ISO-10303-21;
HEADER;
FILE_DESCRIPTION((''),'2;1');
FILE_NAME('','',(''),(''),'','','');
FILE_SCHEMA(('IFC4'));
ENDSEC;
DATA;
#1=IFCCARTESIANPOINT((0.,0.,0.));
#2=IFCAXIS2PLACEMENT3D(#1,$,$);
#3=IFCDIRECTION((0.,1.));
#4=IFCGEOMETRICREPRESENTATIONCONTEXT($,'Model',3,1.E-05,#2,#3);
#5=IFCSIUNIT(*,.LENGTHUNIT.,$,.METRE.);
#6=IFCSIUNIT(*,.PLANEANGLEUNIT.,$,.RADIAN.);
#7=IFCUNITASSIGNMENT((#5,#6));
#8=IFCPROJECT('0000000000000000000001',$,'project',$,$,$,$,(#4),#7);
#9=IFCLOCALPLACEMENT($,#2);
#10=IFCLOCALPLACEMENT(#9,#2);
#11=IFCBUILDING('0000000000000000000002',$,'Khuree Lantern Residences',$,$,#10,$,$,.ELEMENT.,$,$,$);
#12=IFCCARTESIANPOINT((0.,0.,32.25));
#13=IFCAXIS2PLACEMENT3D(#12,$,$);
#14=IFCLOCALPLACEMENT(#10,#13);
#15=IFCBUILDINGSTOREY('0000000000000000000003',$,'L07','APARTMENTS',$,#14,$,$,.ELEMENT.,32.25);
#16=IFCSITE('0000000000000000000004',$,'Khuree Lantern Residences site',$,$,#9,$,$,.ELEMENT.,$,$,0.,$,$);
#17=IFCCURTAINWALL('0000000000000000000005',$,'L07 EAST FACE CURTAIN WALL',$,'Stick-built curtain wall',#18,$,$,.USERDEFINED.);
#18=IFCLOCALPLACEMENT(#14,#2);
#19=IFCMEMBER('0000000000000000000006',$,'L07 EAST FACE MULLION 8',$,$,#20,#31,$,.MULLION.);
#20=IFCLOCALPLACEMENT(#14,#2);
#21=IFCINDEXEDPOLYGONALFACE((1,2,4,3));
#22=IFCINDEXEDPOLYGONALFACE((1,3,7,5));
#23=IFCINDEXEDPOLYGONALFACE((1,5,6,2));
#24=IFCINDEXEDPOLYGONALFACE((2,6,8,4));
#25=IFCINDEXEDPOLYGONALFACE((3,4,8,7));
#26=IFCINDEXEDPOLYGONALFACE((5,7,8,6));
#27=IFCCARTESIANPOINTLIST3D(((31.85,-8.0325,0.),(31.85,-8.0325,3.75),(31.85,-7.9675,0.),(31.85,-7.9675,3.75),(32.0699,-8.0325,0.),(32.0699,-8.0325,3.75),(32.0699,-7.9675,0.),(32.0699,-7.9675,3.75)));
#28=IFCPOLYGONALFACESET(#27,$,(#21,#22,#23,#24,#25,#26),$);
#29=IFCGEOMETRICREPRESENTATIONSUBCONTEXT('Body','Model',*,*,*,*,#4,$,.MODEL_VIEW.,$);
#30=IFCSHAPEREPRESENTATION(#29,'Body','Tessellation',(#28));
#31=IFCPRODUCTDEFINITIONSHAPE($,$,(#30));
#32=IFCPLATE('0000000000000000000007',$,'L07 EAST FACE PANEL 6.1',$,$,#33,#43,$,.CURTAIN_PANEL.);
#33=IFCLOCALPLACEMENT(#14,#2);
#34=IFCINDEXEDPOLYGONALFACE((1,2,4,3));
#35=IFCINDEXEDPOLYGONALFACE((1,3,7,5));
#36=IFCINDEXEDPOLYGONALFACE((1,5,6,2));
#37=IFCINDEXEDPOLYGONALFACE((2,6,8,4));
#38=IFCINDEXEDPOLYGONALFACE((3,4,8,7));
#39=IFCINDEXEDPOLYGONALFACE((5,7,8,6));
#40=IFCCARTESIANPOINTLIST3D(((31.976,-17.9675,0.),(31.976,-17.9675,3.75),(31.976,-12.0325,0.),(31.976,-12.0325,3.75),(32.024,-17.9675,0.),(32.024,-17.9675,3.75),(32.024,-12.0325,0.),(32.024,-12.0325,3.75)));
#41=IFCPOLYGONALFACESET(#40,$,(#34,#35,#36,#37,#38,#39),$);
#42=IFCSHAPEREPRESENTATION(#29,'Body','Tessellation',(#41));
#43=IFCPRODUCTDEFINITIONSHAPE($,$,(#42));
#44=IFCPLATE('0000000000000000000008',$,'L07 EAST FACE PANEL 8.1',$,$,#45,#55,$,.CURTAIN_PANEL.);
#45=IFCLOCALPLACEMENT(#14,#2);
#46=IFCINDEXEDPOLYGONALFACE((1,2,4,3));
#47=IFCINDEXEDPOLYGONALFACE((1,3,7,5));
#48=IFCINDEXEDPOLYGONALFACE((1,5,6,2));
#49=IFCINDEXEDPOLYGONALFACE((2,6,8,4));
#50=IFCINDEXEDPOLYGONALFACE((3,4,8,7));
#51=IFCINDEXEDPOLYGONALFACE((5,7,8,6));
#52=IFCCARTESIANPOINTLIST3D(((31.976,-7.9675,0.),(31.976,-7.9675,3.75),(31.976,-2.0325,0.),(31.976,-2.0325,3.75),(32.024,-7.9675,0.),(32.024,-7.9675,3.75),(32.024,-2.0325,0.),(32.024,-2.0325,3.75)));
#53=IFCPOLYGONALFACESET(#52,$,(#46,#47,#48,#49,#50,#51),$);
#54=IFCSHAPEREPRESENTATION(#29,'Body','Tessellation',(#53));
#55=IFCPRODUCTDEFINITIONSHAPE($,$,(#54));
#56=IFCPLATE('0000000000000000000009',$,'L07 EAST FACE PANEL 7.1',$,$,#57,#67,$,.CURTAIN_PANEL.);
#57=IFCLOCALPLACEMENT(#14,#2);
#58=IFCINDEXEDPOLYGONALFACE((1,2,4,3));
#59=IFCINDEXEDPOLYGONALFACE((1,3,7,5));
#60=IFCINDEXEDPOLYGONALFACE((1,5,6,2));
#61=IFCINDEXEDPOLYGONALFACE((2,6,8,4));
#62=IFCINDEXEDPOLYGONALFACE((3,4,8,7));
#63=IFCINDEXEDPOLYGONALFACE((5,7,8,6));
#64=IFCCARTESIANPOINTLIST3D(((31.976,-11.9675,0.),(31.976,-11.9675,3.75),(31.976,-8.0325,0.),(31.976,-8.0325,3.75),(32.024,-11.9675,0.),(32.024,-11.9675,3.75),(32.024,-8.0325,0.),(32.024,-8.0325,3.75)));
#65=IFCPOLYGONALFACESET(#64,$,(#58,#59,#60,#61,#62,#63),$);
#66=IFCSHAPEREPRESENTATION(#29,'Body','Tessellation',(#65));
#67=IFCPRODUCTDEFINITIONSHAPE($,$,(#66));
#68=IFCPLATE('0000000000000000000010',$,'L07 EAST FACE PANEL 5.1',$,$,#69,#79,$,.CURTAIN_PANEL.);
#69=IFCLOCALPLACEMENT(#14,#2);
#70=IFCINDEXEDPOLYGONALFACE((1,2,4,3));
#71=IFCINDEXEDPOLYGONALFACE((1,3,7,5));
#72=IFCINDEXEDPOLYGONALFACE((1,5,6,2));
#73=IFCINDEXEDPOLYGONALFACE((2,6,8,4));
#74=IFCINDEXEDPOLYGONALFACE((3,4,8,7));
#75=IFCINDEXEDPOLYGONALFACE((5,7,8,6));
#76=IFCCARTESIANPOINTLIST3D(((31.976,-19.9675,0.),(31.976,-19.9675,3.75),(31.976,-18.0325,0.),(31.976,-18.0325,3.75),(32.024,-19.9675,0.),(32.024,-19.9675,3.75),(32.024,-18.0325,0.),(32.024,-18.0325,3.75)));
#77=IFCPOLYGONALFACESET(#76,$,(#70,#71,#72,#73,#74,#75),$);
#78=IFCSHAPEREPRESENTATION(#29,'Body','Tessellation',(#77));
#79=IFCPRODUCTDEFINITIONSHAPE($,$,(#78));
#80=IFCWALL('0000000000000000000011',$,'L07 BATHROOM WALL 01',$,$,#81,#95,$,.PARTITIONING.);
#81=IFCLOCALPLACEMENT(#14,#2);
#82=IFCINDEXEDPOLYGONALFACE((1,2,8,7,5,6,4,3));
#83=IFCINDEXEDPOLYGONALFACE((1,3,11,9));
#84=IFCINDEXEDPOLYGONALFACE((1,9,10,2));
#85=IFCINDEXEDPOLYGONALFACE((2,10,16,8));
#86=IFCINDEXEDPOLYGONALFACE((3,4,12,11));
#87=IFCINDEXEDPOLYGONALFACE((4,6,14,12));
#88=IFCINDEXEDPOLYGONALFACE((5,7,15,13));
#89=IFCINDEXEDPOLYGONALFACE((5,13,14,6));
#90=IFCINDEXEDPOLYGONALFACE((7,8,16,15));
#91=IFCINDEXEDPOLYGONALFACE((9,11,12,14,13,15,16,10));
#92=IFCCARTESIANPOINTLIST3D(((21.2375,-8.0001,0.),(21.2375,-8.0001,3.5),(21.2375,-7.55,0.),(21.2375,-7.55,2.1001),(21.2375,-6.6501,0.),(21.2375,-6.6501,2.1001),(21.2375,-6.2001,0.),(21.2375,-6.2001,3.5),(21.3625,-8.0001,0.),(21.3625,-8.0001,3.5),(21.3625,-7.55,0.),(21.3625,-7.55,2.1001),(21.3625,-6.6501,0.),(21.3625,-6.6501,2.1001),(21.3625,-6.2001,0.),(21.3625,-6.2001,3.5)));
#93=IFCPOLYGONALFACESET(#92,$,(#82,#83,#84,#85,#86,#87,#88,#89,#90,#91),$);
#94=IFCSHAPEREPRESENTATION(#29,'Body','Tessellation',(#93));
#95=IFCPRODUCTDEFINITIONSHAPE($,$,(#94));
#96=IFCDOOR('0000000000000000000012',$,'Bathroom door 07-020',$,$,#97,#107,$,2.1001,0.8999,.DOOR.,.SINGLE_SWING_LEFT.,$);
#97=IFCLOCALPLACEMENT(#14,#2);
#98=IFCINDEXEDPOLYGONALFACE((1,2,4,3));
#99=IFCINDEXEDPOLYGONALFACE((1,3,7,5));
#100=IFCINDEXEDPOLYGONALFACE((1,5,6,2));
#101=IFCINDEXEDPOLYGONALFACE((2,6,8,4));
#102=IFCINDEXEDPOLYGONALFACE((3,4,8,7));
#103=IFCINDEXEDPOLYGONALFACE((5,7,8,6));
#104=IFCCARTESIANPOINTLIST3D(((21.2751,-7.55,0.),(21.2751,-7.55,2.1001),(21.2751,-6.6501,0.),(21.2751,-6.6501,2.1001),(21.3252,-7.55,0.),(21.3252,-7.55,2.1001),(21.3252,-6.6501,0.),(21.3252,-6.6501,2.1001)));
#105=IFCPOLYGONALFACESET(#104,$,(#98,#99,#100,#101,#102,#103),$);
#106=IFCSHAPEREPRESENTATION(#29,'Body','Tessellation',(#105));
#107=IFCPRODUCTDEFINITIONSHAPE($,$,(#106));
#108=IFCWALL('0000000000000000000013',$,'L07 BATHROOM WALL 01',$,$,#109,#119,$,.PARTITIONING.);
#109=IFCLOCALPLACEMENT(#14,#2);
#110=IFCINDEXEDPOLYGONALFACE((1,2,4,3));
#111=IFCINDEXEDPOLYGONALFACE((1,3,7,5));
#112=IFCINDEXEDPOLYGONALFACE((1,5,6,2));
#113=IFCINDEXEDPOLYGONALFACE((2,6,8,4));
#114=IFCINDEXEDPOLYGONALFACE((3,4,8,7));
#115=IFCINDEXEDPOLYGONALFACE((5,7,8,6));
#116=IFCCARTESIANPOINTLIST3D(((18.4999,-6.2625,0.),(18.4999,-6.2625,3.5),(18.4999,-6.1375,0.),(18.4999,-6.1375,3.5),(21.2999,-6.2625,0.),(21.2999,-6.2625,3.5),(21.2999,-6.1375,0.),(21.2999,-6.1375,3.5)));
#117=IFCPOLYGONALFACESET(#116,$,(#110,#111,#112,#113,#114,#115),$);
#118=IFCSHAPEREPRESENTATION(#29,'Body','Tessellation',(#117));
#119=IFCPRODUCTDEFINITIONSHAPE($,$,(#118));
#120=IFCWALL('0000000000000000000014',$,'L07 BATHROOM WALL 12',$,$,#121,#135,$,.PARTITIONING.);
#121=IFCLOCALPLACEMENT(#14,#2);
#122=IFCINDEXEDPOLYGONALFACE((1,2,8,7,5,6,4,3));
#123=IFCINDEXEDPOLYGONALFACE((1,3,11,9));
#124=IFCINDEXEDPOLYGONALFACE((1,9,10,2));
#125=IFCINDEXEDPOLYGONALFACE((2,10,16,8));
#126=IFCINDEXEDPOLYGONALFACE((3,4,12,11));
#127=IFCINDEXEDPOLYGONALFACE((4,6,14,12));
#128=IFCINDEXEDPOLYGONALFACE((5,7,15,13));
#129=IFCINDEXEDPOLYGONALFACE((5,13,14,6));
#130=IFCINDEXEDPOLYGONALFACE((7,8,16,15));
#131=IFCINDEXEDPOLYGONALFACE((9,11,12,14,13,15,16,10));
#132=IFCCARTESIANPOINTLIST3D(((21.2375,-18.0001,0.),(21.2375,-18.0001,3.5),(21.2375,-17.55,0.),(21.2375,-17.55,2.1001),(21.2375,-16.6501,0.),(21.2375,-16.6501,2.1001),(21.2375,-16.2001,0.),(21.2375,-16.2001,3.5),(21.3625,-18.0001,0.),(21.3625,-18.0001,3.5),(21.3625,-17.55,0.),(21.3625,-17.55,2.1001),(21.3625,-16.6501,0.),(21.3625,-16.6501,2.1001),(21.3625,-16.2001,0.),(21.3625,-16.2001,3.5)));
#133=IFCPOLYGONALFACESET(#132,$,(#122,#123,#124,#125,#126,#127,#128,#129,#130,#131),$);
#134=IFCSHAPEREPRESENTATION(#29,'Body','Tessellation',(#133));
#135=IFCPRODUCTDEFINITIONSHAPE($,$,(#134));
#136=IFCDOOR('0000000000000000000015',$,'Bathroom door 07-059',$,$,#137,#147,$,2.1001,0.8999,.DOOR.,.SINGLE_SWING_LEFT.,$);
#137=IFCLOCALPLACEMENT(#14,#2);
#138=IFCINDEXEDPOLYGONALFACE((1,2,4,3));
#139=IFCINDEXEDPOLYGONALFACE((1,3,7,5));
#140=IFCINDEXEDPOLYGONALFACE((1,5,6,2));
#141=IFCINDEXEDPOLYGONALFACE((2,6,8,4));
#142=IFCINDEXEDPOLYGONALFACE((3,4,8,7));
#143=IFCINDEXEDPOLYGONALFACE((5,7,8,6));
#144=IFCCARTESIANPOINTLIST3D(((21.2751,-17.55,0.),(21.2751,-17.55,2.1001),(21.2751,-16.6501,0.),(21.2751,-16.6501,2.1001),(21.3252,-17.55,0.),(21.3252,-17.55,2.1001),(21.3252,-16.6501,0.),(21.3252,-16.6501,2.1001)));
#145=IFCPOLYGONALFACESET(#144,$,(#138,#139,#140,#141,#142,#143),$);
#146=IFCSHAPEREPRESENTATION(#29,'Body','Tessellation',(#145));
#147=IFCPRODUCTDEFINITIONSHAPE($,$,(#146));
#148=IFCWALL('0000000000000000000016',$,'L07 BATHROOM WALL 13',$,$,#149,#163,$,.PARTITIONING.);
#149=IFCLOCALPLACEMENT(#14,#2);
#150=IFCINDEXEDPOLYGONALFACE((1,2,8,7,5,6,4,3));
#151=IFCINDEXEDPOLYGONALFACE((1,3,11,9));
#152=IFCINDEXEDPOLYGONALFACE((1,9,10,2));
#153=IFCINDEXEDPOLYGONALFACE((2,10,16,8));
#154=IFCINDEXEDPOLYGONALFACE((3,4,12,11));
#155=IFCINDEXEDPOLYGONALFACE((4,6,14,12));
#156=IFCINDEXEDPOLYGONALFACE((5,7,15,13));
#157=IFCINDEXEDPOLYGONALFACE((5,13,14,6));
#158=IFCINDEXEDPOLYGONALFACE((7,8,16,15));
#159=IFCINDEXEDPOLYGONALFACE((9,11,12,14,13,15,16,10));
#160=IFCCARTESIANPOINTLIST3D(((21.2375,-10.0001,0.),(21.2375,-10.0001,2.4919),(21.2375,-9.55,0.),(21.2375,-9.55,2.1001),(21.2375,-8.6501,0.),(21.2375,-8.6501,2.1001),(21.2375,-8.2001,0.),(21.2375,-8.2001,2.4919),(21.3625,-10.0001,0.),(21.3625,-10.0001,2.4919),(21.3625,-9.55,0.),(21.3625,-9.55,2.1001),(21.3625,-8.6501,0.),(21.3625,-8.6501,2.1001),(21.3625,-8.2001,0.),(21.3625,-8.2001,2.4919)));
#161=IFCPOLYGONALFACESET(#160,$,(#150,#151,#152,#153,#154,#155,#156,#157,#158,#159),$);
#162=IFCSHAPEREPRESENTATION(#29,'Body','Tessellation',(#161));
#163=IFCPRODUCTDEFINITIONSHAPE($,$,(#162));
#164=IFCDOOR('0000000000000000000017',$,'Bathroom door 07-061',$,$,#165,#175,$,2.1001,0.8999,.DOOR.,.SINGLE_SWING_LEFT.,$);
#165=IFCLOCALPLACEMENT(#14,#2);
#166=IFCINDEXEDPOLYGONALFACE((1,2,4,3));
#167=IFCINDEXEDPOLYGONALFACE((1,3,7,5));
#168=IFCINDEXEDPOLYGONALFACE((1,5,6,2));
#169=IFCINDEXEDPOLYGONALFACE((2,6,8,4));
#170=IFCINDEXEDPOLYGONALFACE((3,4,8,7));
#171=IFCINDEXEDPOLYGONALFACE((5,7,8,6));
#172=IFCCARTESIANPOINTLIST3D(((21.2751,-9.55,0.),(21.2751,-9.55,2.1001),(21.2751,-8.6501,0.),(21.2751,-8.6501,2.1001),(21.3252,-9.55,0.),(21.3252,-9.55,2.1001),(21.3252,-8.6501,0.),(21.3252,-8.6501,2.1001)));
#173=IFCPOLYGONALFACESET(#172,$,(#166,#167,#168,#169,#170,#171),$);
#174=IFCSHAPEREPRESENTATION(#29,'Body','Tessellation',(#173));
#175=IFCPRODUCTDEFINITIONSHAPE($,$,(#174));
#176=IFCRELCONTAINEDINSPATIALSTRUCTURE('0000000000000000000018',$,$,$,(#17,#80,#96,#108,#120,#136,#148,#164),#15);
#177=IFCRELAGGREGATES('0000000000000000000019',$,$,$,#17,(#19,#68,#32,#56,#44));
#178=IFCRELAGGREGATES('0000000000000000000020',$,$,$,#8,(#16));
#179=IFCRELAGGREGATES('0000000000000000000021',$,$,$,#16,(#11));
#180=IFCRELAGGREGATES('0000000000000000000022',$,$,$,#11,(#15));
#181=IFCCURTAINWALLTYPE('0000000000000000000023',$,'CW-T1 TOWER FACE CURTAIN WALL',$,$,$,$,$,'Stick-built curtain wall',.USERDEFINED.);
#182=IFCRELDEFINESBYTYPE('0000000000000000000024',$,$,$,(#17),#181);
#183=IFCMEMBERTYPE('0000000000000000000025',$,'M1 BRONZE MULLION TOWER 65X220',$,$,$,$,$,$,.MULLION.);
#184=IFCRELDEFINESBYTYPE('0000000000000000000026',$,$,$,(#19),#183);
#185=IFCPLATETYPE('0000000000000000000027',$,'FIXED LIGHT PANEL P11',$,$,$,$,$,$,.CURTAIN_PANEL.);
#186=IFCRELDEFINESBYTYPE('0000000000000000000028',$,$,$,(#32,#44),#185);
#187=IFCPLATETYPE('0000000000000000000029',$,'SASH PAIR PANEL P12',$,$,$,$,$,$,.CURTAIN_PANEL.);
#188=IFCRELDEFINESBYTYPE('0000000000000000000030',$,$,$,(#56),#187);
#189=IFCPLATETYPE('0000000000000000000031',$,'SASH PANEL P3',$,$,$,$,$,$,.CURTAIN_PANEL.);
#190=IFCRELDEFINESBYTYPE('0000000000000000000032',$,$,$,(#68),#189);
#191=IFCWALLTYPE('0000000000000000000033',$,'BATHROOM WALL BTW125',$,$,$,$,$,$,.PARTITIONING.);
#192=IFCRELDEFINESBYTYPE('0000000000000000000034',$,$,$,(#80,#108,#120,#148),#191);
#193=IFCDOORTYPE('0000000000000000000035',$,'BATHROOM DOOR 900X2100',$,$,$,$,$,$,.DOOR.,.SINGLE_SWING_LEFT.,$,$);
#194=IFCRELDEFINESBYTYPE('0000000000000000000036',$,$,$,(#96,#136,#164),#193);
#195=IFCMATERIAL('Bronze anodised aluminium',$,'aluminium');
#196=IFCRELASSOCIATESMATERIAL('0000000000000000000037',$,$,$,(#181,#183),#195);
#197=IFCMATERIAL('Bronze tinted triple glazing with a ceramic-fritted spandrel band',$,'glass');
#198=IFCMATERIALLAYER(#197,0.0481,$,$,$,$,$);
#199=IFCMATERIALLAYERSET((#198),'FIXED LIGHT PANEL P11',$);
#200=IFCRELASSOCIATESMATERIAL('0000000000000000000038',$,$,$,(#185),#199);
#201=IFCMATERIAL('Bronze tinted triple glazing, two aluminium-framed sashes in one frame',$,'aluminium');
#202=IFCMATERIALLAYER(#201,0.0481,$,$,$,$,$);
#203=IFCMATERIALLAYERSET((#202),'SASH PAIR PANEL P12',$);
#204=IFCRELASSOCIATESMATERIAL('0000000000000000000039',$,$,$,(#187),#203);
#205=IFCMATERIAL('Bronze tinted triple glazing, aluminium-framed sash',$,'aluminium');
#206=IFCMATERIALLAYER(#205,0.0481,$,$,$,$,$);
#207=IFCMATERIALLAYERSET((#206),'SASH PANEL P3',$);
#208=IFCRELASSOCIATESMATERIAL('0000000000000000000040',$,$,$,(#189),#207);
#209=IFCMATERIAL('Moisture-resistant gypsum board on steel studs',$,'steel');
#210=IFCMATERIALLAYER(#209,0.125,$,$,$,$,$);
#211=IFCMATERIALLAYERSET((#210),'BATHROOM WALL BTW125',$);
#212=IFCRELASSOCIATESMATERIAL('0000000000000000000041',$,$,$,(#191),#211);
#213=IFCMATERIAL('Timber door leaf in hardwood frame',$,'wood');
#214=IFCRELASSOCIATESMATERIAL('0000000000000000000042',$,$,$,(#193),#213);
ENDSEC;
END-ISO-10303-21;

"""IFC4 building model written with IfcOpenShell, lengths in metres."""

from ifc_helpers import new_model, si_unit, direction, frame, frame_2d, origin, origin_2d, place, context, subcontext, project, spatial, rectangle, extrude, material, layer, layer_set, material_profile, profile_set, type_object, element, fill, aggregate, save


model = new_model("IFC4")

# Units and contexts
model_context = context("Model", 3, precision=1e-05, world=origin(), true_north=direction((0.0, 1.0)))
body_context = subcontext(model_context, "Body", "Model", "MODEL_VIEW")
ifc_project = project(units=[si_unit("LENGTHUNIT", "METRE"), si_unit("PLANEANGLEUNIT", "RADIAN")], contexts=[model_context])

# Site, building, storey
site_placement = place(None, origin())
site = spatial("IfcSite", under=ifc_project, at=site_placement, Name="Khuree Lantern Residences site", CompositionType="ELEMENT", RefElevation=0.0)
building_placement = place(site_placement, origin())
building = spatial("IfcBuilding", under=site, at=building_placement, Name="Khuree Lantern Residences", CompositionType="ELEMENT")
storey_placement = place(building_placement, frame((0.0, 0.0, 32.25)))
storey = spatial("IfcBuildingStorey", under=building, at=storey_placement, Name="L07", Description="APARTMENTS", CompositionType="ELEMENT", Elevation=32.25)

# Curtain wall
ifc_material_1 = material(Name="Bronze anodised aluminium", Category="aluminium")
curtain_wall_type = type_object("IfcCurtainWallType", Name="CW-T1 TOWER FACE CURTAIN WALL", ElementType="Stick-built curtain wall", PredefinedType="USERDEFINED", material=ifc_material_1)
curtain_wall_placement = place(storey_placement, origin())
curtain_wall = element("IfcCurtainWall", 1, at=curtain_wall_placement, inside=storey, type_object=curtain_wall_type, Name="L07 EAST FACE CURTAIN WALL", ObjectType="Stick-built curtain wall", PredefinedType="USERDEFINED")

# Member
ifc_material_profile_1 = material_profile(ifc_material_1, rectangle(XDim=0.0649, YDim=0.22, at=origin_2d()), Name="M1 65X220")
ifc_profile_set_1 = profile_set([ifc_material_profile_1], Name="Bronze anodised aluminium")
member_type_1 = type_object("IfcMemberType", Name="M1 BRONZE MULLION TOWER 65X220", PredefinedType="MULLION", material=ifc_profile_set_1)
member_1_placement = place(storey_placement, frame((31.96, -8.0, 0.0), z_axis=(0.0, 0.0, 1.0), x_axis=(0.0, 1.0, 0.0)))
member_1 = element("IfcMember", 2, at=member_1_placement, type_object=member_type_1, Name="L07 EAST FACE MULLION 8", PredefinedType="MULLION", context=body_context, shape_type="SweptSolid", body=[
    extrude(rectangle(XDim=0.0649, YDim=0.22, at=origin_2d()), origin(), (0.0, 0.0, 1.0), 3.75),
])

# Plates
ifc_material_2 = material(Name="Bronze tinted triple glazing with a ceramic-fritted spandrel band", Category="glass")
ifc_layer_1 = layer(ifc_material_2, 0.0481)
ifc_layer_set_1 = layer_set([ifc_layer_1], Name="FIXED LIGHT PANEL P11")
plate_type_1 = type_object("IfcPlateType", Name="FIXED LIGHT PANEL P11", PredefinedType="CURTAIN_PANEL", material=ifc_layer_set_1)
plate_1_placement = place(storey_placement, frame((32.0, -15.0, 0.0), z_axis=(0.0, 0.0, 1.0), x_axis=(0.0, 1.0, 0.0)))
plate_1 = element("IfcPlate", 3, at=plate_1_placement, type_object=plate_type_1, Name="L07 EAST FACE PANEL 6.1", PredefinedType="CURTAIN_PANEL", context=body_context, shape_type="SweptSolid", body=[
    extrude(rectangle(XDim=5.9351, YDim=0.0481, at=origin_2d()), origin(), (0.0, 0.0, 1.0), 3.75),
])
plate_2_placement = place(storey_placement, frame((32.0, -5.0, 0.0), z_axis=(0.0, 0.0, 1.0), x_axis=(0.0, 1.0, 0.0)))
plate_2 = element("IfcPlate", 4, at=plate_2_placement, type_object=plate_type_1, Name="L07 EAST FACE PANEL 8.1", PredefinedType="CURTAIN_PANEL", context=body_context, shape_type="SweptSolid", body=[
    extrude(rectangle(XDim=5.9351, YDim=0.0481, at=origin_2d()), origin(), (0.0, 0.0, 1.0), 3.75),
])
ifc_material_3 = material(Name="Bronze tinted triple glazing, two aluminium-framed sashes in one frame", Category="aluminium")
ifc_layer_2 = layer(ifc_material_3, 0.0481)
ifc_layer_set_2 = layer_set([ifc_layer_2], Name="SASH PAIR PANEL P12")
plate_type_2 = type_object("IfcPlateType", Name="SASH PAIR PANEL P12", PredefinedType="CURTAIN_PANEL", material=ifc_layer_set_2)
plate_3_placement = place(storey_placement, frame((32.0, -10.0, 0.0), z_axis=(0.0, 0.0, 1.0), x_axis=(0.0, 1.0, 0.0)))
plate_3 = element("IfcPlate", 5, at=plate_3_placement, type_object=plate_type_2, Name="L07 EAST FACE PANEL 7.1", PredefinedType="CURTAIN_PANEL", context=body_context, shape_type="SweptSolid", body=[
    extrude(rectangle(XDim=3.9351, YDim=0.0481, at=origin_2d()), origin(), (0.0, 0.0, 1.0), 3.75),
])
ifc_material_4 = material(Name="Bronze tinted triple glazing, aluminium-framed sash", Category="aluminium")
ifc_layer_3 = layer(ifc_material_4, 0.0481)
ifc_layer_set_3 = layer_set([ifc_layer_3], Name="SASH PANEL P3")
plate_type_3 = type_object("IfcPlateType", Name="SASH PANEL P3", PredefinedType="CURTAIN_PANEL", material=ifc_layer_set_3)
plate_4_placement = place(storey_placement, frame((32.0, -19.0, 0.0), z_axis=(0.0, 0.0, 1.0), x_axis=(0.0, 1.0, 0.0)))
plate_4 = element("IfcPlate", 6, at=plate_4_placement, type_object=plate_type_3, Name="L07 EAST FACE PANEL 5.1", PredefinedType="CURTAIN_PANEL", context=body_context, shape_type="SweptSolid", body=[
    extrude(rectangle(XDim=1.9351, YDim=0.0481, at=origin_2d()), origin(), (0.0, 0.0, 1.0), 3.75),
])
aggregate(curtain_wall, [member_1, plate_4, plate_1, plate_3, plate_2])

# Wall, opening, door
ifc_material_5 = material(Name="Moisture-resistant gypsum board on steel studs", Category="steel")
ifc_layer_4 = layer(ifc_material_5, 0.125)
ifc_layer_set_4 = layer_set([ifc_layer_4], Name="BATHROOM WALL BTW125")
wall_type_1 = type_object("IfcWallType", Name="BATHROOM WALL BTW125", PredefinedType="PARTITIONING", material=ifc_layer_set_4)
wall_1_placement = place(storey_placement, frame((21.3, -8.0, 0.0), z_axis=(0.0, 0.0, 1.0), x_axis=(0.0, 1.0, 0.0)))
wall_1 = element("IfcWall", 7, at=wall_1_placement, inside=storey, type_object=wall_type_1, Name="L07 BATHROOM WALL 01", PredefinedType="PARTITIONING", context=body_context, shape_type="SweptSolid", body=[
    extrude(rectangle(XDim=1.8, YDim=0.125, at=frame_2d((0.8999, 0.0))), origin(), (0.0, 0.0, 1.0), 3.5),
])
opening_1_placement = place(wall_1_placement, frame((0.45, 0.0, 0.0)))
opening_1 = element("IfcOpeningElement", 8, at=opening_1_placement, cuts=wall_1, PredefinedType="OPENING", context=body_context, shape_type="SweptSolid", body=[
    extrude(rectangle(XDim=0.8999, YDim=2.1001, at=frame_2d((0.45, 1.05))), frame((0.0, 0.0725, 0.0), z_axis=(0.0, -1.0, 0.0), x_axis=(1.0, 0.0, 0.0)), (0.0, 0.0, 1.0), 0.145),
])
ifc_material_6 = material(Name="Timber door leaf in hardwood frame", Category="wood")
door_type_1 = type_object("IfcDoorType", Name="BATHROOM DOOR 900X2100", OperationType="SINGLE_SWING_LEFT", PredefinedType="DOOR", material=ifc_material_6)
door_1_placement = place(opening_1_placement, origin())
door_1 = element("IfcDoor", 9, at=door_1_placement, inside=storey, type_object=door_type_1, Name="Bathroom door 07-020", OperationType="SINGLE_SWING_LEFT", OverallHeight=2.1001, OverallWidth=0.8999, PredefinedType="DOOR", context=body_context, shape_type="SweptSolid", body=[
    extrude(rectangle(XDim=0.8999, YDim=2.1001, at=frame_2d((0.45, 1.05))), frame((0.0, 0.0249, 0.0), z_axis=(0.0, -1.0, 0.0), x_axis=(1.0, 0.0, 0.0)), (0.0, 0.0, 1.0), 0.05),
])
fill(opening_1, door_1)

# Wall
wall_2_placement = place(storey_placement, frame((18.5, -6.2, 0.0), z_axis=(0.0, 0.0, 1.0), x_axis=(1.0, 0.0, 0.0)))
element("IfcWall", 10, at=wall_2_placement, inside=storey, type_object=wall_type_1, Name="L07 BATHROOM WALL 01", PredefinedType="PARTITIONING", context=body_context, shape_type="SweptSolid", body=[
    extrude(rectangle(XDim=2.8, YDim=0.125, at=frame_2d((1.3999, 0.0))), origin(), (0.0, 0.0, 1.0), 3.5),
])

# Walls, openings, doors
wall_3_placement = place(storey_placement, frame((21.3, -18.0, 0.0), z_axis=(0.0, 0.0, 1.0), x_axis=(0.0, 1.0, 0.0)))
wall_3 = element("IfcWall", 11, at=wall_3_placement, inside=storey, type_object=wall_type_1, Name="L07 BATHROOM WALL 12", PredefinedType="PARTITIONING", context=body_context, shape_type="SweptSolid", body=[
    extrude(rectangle(XDim=1.8, YDim=0.125, at=frame_2d((0.8999, 0.0))), origin(), (0.0, 0.0, 1.0), 3.5),
])
opening_2_placement = place(wall_3_placement, frame((0.45, 0.0, 0.0)))
opening_2 = element("IfcOpeningElement", 12, at=opening_2_placement, cuts=wall_3, PredefinedType="OPENING", context=body_context, shape_type="SweptSolid", body=[
    extrude(rectangle(XDim=0.8999, YDim=2.1001, at=frame_2d((0.45, 1.05))), frame((0.0, 0.0725, 0.0), z_axis=(0.0, -1.0, 0.0), x_axis=(1.0, 0.0, 0.0)), (0.0, 0.0, 1.0), 0.145),
])
door_2_placement = place(opening_2_placement, origin())
door_2 = element("IfcDoor", 13, at=door_2_placement, inside=storey, type_object=door_type_1, Name="Bathroom door 07-059", OperationType="SINGLE_SWING_LEFT", OverallHeight=2.1001, OverallWidth=0.8999, PredefinedType="DOOR", context=body_context, shape_type="SweptSolid", body=[
    extrude(rectangle(XDim=0.8999, YDim=2.1001, at=frame_2d((0.45, 1.05))), frame((0.0, 0.0249, 0.0), z_axis=(0.0, -1.0, 0.0), x_axis=(1.0, 0.0, 0.0)), (0.0, 0.0, 1.0), 0.05),
])
fill(opening_2, door_2)
wall_4_placement = place(storey_placement, frame((21.3, -10.0, 0.0), z_axis=(0.0, 0.0, 1.0), x_axis=(0.0, 1.0, 0.0)))
wall_4 = element("IfcWall", 14, at=wall_4_placement, inside=storey, type_object=wall_type_1, Name="L07 BATHROOM WALL 13", PredefinedType="PARTITIONING", context=body_context, shape_type="SweptSolid", body=[
    extrude(rectangle(XDim=1.8, YDim=0.125, at=frame_2d((0.8999, 0.0))), origin(), (0.0, 0.0, 1.0), 2.4919),
])
opening_3_placement = place(wall_4_placement, frame((0.45, 0.0, 0.0)))
opening_3 = element("IfcOpeningElement", 15, at=opening_3_placement, cuts=wall_4, PredefinedType="OPENING", context=body_context, shape_type="SweptSolid", body=[
    extrude(rectangle(XDim=0.8999, YDim=2.1001, at=frame_2d((0.45, 1.05))), frame((0.0, 0.0725, 0.0), z_axis=(0.0, -1.0, 0.0), x_axis=(1.0, 0.0, 0.0)), (0.0, 0.0, 1.0), 0.145),
])
door_3_placement = place(opening_3_placement, origin())
door_3 = element("IfcDoor", 16, at=door_3_placement, inside=storey, type_object=door_type_1, Name="Bathroom door 07-061", OperationType="SINGLE_SWING_LEFT", OverallHeight=2.1001, OverallWidth=0.8999, PredefinedType="DOOR", context=body_context, shape_type="SweptSolid", body=[
    extrude(rectangle(XDim=0.8999, YDim=2.1001, at=frame_2d((0.45, 1.05))), frame((0.0, 0.0249, 0.0), z_axis=(0.0, -1.0, 0.0), x_axis=(1.0, 0.0, 0.0)), (0.0, 0.0, 1.0), 0.05),
])
fill(opening_3, door_3)

save(model, "model.ifc")
